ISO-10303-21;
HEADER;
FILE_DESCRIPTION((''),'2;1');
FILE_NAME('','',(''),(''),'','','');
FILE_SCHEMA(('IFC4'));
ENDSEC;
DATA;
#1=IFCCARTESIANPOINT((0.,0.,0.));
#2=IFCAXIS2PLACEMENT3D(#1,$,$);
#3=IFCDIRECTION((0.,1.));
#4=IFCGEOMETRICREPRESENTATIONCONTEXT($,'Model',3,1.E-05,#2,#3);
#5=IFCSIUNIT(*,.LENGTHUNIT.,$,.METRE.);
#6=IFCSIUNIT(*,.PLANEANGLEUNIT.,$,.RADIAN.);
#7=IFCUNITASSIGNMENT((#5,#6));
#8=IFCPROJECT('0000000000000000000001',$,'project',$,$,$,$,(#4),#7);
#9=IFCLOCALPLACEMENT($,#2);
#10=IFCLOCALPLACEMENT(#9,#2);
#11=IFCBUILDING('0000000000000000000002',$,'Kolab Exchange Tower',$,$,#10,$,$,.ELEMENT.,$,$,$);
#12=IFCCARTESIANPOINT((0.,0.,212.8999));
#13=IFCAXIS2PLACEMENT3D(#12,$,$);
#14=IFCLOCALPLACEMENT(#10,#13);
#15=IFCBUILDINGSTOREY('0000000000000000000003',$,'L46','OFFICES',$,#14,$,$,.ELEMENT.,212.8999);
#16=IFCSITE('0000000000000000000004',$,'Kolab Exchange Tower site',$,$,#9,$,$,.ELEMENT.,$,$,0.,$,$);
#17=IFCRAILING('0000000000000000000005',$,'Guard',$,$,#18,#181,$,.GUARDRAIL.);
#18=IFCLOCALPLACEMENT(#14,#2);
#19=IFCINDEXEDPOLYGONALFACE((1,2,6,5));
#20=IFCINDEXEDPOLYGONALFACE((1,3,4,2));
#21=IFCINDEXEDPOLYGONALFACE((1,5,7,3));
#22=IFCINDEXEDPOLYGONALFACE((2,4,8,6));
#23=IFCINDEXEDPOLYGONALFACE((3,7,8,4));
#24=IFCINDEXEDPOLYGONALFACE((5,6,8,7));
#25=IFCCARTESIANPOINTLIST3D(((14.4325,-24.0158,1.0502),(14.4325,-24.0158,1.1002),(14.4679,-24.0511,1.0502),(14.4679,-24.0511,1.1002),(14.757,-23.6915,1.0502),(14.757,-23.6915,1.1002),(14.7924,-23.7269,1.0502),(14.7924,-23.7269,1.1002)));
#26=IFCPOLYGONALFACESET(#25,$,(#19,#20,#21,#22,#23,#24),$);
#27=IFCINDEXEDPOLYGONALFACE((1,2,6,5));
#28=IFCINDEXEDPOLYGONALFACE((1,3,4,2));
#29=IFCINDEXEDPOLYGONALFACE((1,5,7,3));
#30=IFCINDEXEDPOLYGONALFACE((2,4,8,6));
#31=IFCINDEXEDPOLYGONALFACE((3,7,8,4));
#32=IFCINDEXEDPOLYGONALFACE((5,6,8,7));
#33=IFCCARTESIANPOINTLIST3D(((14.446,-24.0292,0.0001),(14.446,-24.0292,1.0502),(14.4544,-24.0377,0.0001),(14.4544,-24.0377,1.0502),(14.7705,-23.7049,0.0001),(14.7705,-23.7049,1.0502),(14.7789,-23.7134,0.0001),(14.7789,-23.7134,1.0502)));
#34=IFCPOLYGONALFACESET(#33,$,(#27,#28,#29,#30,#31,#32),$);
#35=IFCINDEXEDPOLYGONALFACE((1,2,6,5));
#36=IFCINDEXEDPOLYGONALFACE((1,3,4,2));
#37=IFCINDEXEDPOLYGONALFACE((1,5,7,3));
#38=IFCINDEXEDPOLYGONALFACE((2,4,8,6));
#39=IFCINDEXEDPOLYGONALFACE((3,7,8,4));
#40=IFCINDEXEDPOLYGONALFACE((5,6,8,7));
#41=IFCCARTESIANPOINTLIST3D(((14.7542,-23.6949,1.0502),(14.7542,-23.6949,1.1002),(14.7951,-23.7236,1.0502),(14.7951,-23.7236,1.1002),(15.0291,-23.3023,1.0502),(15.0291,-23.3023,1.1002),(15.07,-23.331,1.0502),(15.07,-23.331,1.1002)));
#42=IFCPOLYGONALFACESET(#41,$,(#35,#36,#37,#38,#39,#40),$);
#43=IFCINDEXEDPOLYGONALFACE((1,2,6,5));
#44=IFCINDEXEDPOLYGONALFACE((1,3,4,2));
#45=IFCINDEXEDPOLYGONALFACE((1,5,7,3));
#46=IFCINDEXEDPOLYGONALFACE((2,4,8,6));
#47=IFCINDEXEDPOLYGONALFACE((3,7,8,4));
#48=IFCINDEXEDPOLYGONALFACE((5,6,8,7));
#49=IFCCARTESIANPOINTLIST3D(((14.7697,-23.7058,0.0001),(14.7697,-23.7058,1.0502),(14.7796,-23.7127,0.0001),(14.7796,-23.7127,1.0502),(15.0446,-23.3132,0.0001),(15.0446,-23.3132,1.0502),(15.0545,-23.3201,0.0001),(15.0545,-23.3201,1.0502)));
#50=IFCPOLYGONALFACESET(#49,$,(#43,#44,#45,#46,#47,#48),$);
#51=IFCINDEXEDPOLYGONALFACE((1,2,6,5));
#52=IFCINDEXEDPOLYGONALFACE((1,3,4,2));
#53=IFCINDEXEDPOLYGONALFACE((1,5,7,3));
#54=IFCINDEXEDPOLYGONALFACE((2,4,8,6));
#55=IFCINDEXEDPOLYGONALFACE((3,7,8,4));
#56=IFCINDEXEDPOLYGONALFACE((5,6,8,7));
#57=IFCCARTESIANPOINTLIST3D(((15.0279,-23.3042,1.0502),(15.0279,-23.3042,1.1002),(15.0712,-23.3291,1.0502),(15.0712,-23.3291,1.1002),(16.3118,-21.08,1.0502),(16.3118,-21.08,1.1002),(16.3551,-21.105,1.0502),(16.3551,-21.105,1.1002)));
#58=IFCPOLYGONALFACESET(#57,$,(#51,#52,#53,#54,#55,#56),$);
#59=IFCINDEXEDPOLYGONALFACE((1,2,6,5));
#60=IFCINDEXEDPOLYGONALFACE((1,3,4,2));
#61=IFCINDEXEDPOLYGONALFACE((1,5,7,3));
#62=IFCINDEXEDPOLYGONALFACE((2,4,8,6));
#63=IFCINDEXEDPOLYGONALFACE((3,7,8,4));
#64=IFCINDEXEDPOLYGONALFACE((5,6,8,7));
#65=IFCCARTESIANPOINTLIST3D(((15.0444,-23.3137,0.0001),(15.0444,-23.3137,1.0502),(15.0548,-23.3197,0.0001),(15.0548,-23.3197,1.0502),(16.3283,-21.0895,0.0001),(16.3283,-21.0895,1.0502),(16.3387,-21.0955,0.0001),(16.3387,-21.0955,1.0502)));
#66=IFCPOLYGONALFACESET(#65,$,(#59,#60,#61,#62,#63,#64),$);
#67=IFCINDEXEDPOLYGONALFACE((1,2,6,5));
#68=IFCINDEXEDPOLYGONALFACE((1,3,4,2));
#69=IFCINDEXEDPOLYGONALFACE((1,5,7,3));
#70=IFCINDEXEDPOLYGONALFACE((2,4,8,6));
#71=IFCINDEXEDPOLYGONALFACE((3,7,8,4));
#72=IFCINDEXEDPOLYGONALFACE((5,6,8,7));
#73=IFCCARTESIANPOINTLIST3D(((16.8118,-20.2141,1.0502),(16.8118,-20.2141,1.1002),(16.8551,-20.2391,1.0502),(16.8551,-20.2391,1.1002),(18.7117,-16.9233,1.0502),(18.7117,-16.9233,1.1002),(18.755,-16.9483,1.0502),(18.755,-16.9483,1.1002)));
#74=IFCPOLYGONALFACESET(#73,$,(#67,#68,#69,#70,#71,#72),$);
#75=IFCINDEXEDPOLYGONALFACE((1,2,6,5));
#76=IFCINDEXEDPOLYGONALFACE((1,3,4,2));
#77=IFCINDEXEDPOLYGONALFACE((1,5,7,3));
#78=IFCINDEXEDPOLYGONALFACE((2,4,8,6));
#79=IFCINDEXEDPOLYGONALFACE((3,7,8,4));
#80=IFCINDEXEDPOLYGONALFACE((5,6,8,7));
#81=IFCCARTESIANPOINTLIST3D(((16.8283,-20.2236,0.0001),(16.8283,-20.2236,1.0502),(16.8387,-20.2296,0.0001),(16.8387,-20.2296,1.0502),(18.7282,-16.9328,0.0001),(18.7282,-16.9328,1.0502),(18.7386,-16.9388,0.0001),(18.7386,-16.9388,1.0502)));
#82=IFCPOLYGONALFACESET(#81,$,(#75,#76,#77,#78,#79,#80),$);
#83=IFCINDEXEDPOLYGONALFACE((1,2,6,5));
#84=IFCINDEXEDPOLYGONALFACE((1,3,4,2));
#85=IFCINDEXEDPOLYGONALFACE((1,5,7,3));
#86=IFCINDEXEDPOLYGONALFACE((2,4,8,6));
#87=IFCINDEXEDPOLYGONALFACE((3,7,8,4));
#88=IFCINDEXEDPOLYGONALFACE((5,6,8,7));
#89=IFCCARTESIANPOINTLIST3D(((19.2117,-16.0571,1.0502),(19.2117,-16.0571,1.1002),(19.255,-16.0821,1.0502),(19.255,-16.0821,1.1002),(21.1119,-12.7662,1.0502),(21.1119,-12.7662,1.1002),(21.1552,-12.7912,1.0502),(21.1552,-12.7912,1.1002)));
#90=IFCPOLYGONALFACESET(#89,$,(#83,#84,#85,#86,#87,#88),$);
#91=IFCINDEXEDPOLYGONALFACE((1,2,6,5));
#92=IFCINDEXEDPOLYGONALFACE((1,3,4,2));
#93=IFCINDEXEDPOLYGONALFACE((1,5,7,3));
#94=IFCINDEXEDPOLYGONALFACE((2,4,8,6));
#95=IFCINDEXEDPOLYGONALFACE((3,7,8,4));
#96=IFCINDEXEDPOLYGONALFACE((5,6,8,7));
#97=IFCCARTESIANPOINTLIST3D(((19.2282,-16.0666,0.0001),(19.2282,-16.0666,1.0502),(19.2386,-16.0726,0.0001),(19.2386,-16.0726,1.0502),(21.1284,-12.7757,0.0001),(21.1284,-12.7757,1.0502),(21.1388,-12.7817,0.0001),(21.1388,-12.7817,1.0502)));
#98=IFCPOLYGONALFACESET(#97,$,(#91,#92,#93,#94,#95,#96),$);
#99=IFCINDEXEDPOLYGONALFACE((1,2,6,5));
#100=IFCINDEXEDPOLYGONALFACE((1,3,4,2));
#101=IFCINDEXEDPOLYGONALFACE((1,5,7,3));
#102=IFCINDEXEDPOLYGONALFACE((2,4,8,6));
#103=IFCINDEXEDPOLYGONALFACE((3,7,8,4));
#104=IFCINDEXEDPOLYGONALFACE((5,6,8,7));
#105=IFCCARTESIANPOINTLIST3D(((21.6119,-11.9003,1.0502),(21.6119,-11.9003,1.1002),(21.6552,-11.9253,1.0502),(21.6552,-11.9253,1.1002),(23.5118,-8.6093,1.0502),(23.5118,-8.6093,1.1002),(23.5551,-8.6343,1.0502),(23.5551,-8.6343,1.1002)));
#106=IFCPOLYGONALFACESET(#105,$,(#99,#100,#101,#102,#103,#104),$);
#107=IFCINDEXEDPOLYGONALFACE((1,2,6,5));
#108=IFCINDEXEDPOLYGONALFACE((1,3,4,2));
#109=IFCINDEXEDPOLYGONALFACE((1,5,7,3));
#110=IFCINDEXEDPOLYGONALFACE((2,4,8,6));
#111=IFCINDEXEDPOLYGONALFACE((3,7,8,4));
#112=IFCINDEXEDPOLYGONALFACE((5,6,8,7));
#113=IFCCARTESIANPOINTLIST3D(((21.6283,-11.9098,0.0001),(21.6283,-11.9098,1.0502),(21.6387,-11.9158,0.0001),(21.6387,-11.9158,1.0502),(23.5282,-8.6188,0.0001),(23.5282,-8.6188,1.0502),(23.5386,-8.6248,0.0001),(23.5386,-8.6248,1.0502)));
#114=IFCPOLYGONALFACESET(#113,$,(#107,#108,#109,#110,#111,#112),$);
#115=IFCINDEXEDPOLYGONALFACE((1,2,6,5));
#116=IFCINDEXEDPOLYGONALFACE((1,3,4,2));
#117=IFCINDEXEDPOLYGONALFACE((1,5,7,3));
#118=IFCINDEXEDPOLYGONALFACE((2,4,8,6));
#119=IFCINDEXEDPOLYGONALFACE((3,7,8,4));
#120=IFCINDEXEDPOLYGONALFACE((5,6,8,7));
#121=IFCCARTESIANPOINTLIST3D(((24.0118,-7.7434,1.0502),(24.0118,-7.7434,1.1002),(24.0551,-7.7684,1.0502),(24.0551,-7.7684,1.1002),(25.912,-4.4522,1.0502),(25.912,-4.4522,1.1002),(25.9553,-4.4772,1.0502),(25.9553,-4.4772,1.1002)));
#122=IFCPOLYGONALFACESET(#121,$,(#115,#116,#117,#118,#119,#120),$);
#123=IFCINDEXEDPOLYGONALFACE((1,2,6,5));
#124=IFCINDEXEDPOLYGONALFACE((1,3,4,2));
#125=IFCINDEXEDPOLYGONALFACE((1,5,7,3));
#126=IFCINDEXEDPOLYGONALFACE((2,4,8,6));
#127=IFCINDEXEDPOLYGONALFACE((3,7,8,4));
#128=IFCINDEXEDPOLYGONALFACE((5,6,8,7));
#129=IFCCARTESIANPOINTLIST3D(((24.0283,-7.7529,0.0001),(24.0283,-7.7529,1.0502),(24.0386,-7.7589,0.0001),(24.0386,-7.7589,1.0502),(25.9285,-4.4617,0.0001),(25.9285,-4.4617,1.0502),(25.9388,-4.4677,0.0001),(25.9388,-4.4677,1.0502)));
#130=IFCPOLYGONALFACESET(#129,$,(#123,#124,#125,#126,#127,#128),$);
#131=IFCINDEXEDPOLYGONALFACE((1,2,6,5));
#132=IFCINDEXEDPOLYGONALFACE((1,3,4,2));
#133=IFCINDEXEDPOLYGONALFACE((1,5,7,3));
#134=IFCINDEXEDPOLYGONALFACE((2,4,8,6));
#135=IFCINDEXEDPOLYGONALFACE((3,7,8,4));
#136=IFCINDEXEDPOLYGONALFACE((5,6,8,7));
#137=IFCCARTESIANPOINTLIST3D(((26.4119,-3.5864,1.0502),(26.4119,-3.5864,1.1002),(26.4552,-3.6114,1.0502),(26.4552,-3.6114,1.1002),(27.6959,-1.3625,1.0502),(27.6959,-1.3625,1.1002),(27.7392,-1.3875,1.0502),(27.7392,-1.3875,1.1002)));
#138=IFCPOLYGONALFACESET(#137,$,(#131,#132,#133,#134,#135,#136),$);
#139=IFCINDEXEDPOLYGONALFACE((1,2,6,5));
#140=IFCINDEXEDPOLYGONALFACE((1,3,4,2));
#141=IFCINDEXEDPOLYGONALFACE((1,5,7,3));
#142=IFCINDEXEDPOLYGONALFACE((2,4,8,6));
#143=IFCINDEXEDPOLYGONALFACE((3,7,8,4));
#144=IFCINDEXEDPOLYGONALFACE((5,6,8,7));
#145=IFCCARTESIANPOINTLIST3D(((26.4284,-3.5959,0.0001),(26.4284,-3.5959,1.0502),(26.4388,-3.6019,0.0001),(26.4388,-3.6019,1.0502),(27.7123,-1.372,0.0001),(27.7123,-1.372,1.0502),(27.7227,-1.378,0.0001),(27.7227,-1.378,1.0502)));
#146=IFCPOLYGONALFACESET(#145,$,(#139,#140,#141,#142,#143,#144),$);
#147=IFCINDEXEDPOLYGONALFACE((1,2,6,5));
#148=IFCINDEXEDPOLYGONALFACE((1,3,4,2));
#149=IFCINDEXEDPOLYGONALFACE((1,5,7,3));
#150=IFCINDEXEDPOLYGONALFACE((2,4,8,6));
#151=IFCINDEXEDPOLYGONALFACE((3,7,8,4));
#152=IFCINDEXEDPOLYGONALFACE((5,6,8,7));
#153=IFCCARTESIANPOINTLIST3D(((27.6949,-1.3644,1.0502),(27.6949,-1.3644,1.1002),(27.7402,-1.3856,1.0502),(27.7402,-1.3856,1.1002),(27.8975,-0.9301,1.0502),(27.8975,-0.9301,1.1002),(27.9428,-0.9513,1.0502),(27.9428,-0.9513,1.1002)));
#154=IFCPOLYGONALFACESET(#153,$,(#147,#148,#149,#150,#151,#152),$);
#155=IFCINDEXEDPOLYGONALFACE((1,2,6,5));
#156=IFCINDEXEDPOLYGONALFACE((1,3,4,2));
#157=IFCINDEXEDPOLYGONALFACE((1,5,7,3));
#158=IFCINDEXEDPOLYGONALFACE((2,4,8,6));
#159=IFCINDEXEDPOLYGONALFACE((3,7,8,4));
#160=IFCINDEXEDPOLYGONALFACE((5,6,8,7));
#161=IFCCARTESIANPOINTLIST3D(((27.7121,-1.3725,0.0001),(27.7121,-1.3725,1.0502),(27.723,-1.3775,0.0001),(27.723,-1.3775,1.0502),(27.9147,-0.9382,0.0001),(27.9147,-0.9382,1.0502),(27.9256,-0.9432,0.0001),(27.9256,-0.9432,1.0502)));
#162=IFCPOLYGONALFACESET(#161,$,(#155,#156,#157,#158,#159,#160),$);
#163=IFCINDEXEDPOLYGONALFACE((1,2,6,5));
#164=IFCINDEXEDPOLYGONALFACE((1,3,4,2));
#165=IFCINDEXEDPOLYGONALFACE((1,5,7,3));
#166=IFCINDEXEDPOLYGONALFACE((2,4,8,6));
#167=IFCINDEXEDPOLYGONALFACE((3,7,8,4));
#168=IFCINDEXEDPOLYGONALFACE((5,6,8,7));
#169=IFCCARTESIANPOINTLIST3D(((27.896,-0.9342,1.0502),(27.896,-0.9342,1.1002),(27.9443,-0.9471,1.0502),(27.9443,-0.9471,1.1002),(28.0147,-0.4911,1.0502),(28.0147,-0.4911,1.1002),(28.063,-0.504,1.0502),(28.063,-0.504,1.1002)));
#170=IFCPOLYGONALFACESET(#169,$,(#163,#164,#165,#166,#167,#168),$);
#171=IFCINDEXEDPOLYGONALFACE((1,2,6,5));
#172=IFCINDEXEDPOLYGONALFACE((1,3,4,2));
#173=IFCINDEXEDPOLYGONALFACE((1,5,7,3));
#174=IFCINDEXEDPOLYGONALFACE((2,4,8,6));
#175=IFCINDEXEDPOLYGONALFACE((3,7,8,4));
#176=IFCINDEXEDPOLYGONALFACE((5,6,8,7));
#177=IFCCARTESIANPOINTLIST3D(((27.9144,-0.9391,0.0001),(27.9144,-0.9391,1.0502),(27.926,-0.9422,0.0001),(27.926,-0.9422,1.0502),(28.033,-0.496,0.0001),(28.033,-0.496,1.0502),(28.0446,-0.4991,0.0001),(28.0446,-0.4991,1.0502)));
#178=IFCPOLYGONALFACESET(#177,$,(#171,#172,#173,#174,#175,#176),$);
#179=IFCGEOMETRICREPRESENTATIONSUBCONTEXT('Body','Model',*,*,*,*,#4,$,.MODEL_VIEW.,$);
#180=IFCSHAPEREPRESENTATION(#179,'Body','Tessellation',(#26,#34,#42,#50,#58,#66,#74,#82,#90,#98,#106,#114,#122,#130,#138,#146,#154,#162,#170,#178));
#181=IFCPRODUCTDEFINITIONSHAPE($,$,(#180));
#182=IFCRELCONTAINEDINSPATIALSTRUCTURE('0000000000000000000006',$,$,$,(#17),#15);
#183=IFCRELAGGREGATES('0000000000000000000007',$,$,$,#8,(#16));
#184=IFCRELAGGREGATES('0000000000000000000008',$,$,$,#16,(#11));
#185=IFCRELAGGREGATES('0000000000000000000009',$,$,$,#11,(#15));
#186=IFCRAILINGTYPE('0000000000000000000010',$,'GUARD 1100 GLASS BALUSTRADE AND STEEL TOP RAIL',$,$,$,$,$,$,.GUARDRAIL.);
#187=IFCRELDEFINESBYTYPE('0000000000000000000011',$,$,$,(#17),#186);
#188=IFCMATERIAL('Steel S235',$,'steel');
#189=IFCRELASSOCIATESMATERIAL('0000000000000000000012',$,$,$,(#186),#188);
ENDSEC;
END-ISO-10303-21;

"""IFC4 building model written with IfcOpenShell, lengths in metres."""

from ifc_helpers import new_model, si_unit, direction, frame, frame_2d, origin, origin_2d, place, context, subcontext, project, spatial, rectangle, extrude, material, type_object, element, save


model = new_model("IFC4")

# Units and contexts
model_context = context("Model", 3, precision=1e-05, world=origin(), true_north=direction((0.0, 1.0)))
body_context = subcontext(model_context, "Body", "Model", "MODEL_VIEW")
ifc_project = project(units=[si_unit("LENGTHUNIT", "METRE"), si_unit("PLANEANGLEUNIT", "RADIAN")], contexts=[model_context])

# Site, building, storey
site_placement = place(None, origin())
site = spatial("IfcSite", under=ifc_project, at=site_placement, Name="Kolab Exchange Tower site", CompositionType="ELEMENT", RefElevation=0.0)
building_placement = place(site_placement, origin())
building = spatial("IfcBuilding", under=site, at=building_placement, Name="Kolab Exchange Tower", CompositionType="ELEMENT")
storey_placement = place(building_placement, frame((0.0, 0.0, 212.8999)))
storey = spatial("IfcBuildingStorey", under=building, at=storey_placement, Name="L46", Description="OFFICES", CompositionType="ELEMENT", Elevation=212.8999)

# Shared definitions
ifc_material_1 = material(Name="Steel S235", Category="steel")

# Railing
railing_type = type_object("IfcRailingType", Name="GUARD 1100 GLASS BALUSTRADE AND STEEL TOP RAIL", PredefinedType="GUARDRAIL", material=ifc_material_1)
railing_1_placement = place(storey_placement, frame((14.4502, -24.0334, 0.0)))
element("IfcRailing", 1, at=railing_1_placement, inside=storey, type_object=railing_type, Name="Guard", PredefinedType="GUARDRAIL", context=body_context, shape_type="SweptSolid", body=[
    extrude(rectangle(XDim=0.05, YDim=0.05, at=origin_2d()), frame((0.0, 0.0, 1.0752), z_axis=(0.707373, 0.706841, 0.0), x_axis=(-0.706841, 0.707373, 0.0)), (0.0, 0.0, 1.0), 0.4587),
    extrude(rectangle(XDim=0.012, YDim=1.0501, at=frame_2d((0.0, 0.5251))), frame((0.0, 0.0, 0.0), z_axis=(0.707373, 0.706841, 0.0), x_axis=(-0.706841, 0.707373, 0.0)), (0.0, 0.0, 1.0), 0.4587),
    extrude(rectangle(XDim=0.05, YDim=0.05, at=origin_2d()), frame((0.3245, 0.3242, 1.0752), z_axis=(0.573599, 0.819136, 0.0), x_axis=(-0.819136, 0.573599, 0.0)), (0.0, 0.0, 1.0), 0.4792),
    extrude(rectangle(XDim=0.012, YDim=1.0501, at=frame_2d((0.0, 0.5251))), frame((0.3245, 0.3242, 0.0), z_axis=(0.573599, 0.819136, 0.0), x_axis=(-0.819136, 0.573599, 0.0)), (0.0, 0.0, 1.0), 0.4792),
    extrude(rectangle(XDim=0.05, YDim=0.05, at=origin_2d()), frame((0.5994, 0.7168, 1.0752), z_axis=(0.499953, 0.866053, 0.0), x_axis=(-0.866053, 0.499953, 0.0)), (0.0, 0.0, 1.0), 2.5681),
    extrude(rectangle(XDim=0.012, YDim=1.0501, at=frame_2d((0.0, 0.5251))), frame((0.5994, 0.7168, 0.0), z_axis=(0.499953, 0.866053, 0.0), x_axis=(-0.866053, 0.499953, 0.0)), (0.0, 0.0, 1.0), 2.5681),
    extrude(rectangle(XDim=0.05, YDim=0.05, at=origin_2d()), frame((2.3833, 3.8069, 1.0752), z_axis=(0.499995, 0.866028, 0.0), x_axis=(-0.866028, 0.499995, 0.0)), (0.0, 0.0, 1.0), 3.7998),
    extrude(rectangle(XDim=0.012, YDim=1.0501, at=frame_2d((0.0, 0.5251))), frame((2.3833, 3.8069, 0.0), z_axis=(0.499995, 0.866028, 0.0), x_axis=(-0.866028, 0.499995, 0.0)), (0.0, 0.0, 1.0), 3.7998),
    extrude(rectangle(XDim=0.05, YDim=0.05, at=origin_2d()), frame((4.7832, 7.9639, 1.0752), z_axis=(0.500043, 0.866, 0.0), x_axis=(-0.866, 0.500043, 0.0)), (0.0, 0.0, 1.0), 3.8),
    extrude(rectangle(XDim=0.012, YDim=1.0501, at=frame_2d((0.0, 0.5251))), frame((4.7832, 7.9639, 0.0), z_axis=(0.500043, 0.866, 0.0), x_axis=(-0.866, 0.500043, 0.0)), (0.0, 0.0, 1.0), 3.8),
    extrude(rectangle(XDim=0.05, YDim=0.05, at=origin_2d()), frame((7.1833, 12.1206, 1.0752), z_axis=(0.499967, 0.866044, 0.0), x_axis=(-0.866044, 0.499967, 0.0)), (0.0, 0.0, 1.0), 3.8),
    extrude(rectangle(XDim=0.012, YDim=1.0501, at=frame_2d((0.0, 0.5251))), frame((7.1833, 12.1206, 0.0), z_axis=(0.499967, 0.866044, 0.0), x_axis=(-0.866044, 0.499967, 0.0)), (0.0, 0.0, 1.0), 3.8),
    extrude(rectangle(XDim=0.05, YDim=0.05, at=origin_2d()), frame((9.5833, 16.2776, 1.0752), z_axis=(0.500015, 0.866017, 0.0), x_axis=(-0.866017, 0.500015, 0.0)), (0.0, 0.0, 1.0), 3.8003),
    extrude(rectangle(XDim=0.012, YDim=1.0501, at=frame_2d((0.0, 0.5251))), frame((9.5833, 16.2776, 0.0), z_axis=(0.500015, 0.866017, 0.0), x_axis=(-0.866017, 0.500015, 0.0)), (0.0, 0.0, 1.0), 3.8003),
    extrude(rectangle(XDim=0.05, YDim=0.05, at=origin_2d()), frame((11.9834, 20.4346, 1.0752), z_axis=(0.499994, 0.866029, 0.0), x_axis=(-0.866029, 0.499994, 0.0)), (0.0, 0.0, 1.0), 2.5679),
    extrude(rectangle(XDim=0.012, YDim=1.0501, at=frame_2d((0.0, 0.5251))), frame((11.9834, 20.4346, 0.0), z_axis=(0.499994, 0.866029, 0.0), x_axis=(-0.866029, 0.499994, 0.0)), (0.0, 0.0, 1.0), 2.5679),
    extrude(rectangle(XDim=0.05, YDim=0.05, at=origin_2d()), frame((13.2673, 22.6584, 1.0752), z_axis=(0.422802, 0.906222, 0.0), x_axis=(-0.906222, 0.422802, 0.0)), (0.0, 0.0, 1.0), 0.4792),
    extrude(rectangle(XDim=0.012, YDim=1.0501, at=frame_2d((0.0, 0.5251))), frame((13.2673, 22.6584, 0.0), z_axis=(0.422802, 0.906222, 0.0), x_axis=(-0.906222, 0.422802, 0.0)), (0.0, 0.0, 1.0), 0.4792),
    extrude(rectangle(XDim=0.05, YDim=0.05, at=origin_2d()), frame((13.47, 23.0928, 1.0752), z_axis=(0.258656, 0.965969, 0.0), x_axis=(-0.965969, 0.258656, 0.0)), (0.0, 0.0, 1.0), 0.4587),
    extrude(rectangle(XDim=0.012, YDim=1.0501, at=frame_2d((0.0, 0.5251))), frame((13.47, 23.0928, 0.0), z_axis=(0.258656, 0.965969, 0.0), x_axis=(-0.965969, 0.258656, 0.0)), (0.0, 0.0, 1.0), 0.4587),
])

save(model, "model.ifc")
